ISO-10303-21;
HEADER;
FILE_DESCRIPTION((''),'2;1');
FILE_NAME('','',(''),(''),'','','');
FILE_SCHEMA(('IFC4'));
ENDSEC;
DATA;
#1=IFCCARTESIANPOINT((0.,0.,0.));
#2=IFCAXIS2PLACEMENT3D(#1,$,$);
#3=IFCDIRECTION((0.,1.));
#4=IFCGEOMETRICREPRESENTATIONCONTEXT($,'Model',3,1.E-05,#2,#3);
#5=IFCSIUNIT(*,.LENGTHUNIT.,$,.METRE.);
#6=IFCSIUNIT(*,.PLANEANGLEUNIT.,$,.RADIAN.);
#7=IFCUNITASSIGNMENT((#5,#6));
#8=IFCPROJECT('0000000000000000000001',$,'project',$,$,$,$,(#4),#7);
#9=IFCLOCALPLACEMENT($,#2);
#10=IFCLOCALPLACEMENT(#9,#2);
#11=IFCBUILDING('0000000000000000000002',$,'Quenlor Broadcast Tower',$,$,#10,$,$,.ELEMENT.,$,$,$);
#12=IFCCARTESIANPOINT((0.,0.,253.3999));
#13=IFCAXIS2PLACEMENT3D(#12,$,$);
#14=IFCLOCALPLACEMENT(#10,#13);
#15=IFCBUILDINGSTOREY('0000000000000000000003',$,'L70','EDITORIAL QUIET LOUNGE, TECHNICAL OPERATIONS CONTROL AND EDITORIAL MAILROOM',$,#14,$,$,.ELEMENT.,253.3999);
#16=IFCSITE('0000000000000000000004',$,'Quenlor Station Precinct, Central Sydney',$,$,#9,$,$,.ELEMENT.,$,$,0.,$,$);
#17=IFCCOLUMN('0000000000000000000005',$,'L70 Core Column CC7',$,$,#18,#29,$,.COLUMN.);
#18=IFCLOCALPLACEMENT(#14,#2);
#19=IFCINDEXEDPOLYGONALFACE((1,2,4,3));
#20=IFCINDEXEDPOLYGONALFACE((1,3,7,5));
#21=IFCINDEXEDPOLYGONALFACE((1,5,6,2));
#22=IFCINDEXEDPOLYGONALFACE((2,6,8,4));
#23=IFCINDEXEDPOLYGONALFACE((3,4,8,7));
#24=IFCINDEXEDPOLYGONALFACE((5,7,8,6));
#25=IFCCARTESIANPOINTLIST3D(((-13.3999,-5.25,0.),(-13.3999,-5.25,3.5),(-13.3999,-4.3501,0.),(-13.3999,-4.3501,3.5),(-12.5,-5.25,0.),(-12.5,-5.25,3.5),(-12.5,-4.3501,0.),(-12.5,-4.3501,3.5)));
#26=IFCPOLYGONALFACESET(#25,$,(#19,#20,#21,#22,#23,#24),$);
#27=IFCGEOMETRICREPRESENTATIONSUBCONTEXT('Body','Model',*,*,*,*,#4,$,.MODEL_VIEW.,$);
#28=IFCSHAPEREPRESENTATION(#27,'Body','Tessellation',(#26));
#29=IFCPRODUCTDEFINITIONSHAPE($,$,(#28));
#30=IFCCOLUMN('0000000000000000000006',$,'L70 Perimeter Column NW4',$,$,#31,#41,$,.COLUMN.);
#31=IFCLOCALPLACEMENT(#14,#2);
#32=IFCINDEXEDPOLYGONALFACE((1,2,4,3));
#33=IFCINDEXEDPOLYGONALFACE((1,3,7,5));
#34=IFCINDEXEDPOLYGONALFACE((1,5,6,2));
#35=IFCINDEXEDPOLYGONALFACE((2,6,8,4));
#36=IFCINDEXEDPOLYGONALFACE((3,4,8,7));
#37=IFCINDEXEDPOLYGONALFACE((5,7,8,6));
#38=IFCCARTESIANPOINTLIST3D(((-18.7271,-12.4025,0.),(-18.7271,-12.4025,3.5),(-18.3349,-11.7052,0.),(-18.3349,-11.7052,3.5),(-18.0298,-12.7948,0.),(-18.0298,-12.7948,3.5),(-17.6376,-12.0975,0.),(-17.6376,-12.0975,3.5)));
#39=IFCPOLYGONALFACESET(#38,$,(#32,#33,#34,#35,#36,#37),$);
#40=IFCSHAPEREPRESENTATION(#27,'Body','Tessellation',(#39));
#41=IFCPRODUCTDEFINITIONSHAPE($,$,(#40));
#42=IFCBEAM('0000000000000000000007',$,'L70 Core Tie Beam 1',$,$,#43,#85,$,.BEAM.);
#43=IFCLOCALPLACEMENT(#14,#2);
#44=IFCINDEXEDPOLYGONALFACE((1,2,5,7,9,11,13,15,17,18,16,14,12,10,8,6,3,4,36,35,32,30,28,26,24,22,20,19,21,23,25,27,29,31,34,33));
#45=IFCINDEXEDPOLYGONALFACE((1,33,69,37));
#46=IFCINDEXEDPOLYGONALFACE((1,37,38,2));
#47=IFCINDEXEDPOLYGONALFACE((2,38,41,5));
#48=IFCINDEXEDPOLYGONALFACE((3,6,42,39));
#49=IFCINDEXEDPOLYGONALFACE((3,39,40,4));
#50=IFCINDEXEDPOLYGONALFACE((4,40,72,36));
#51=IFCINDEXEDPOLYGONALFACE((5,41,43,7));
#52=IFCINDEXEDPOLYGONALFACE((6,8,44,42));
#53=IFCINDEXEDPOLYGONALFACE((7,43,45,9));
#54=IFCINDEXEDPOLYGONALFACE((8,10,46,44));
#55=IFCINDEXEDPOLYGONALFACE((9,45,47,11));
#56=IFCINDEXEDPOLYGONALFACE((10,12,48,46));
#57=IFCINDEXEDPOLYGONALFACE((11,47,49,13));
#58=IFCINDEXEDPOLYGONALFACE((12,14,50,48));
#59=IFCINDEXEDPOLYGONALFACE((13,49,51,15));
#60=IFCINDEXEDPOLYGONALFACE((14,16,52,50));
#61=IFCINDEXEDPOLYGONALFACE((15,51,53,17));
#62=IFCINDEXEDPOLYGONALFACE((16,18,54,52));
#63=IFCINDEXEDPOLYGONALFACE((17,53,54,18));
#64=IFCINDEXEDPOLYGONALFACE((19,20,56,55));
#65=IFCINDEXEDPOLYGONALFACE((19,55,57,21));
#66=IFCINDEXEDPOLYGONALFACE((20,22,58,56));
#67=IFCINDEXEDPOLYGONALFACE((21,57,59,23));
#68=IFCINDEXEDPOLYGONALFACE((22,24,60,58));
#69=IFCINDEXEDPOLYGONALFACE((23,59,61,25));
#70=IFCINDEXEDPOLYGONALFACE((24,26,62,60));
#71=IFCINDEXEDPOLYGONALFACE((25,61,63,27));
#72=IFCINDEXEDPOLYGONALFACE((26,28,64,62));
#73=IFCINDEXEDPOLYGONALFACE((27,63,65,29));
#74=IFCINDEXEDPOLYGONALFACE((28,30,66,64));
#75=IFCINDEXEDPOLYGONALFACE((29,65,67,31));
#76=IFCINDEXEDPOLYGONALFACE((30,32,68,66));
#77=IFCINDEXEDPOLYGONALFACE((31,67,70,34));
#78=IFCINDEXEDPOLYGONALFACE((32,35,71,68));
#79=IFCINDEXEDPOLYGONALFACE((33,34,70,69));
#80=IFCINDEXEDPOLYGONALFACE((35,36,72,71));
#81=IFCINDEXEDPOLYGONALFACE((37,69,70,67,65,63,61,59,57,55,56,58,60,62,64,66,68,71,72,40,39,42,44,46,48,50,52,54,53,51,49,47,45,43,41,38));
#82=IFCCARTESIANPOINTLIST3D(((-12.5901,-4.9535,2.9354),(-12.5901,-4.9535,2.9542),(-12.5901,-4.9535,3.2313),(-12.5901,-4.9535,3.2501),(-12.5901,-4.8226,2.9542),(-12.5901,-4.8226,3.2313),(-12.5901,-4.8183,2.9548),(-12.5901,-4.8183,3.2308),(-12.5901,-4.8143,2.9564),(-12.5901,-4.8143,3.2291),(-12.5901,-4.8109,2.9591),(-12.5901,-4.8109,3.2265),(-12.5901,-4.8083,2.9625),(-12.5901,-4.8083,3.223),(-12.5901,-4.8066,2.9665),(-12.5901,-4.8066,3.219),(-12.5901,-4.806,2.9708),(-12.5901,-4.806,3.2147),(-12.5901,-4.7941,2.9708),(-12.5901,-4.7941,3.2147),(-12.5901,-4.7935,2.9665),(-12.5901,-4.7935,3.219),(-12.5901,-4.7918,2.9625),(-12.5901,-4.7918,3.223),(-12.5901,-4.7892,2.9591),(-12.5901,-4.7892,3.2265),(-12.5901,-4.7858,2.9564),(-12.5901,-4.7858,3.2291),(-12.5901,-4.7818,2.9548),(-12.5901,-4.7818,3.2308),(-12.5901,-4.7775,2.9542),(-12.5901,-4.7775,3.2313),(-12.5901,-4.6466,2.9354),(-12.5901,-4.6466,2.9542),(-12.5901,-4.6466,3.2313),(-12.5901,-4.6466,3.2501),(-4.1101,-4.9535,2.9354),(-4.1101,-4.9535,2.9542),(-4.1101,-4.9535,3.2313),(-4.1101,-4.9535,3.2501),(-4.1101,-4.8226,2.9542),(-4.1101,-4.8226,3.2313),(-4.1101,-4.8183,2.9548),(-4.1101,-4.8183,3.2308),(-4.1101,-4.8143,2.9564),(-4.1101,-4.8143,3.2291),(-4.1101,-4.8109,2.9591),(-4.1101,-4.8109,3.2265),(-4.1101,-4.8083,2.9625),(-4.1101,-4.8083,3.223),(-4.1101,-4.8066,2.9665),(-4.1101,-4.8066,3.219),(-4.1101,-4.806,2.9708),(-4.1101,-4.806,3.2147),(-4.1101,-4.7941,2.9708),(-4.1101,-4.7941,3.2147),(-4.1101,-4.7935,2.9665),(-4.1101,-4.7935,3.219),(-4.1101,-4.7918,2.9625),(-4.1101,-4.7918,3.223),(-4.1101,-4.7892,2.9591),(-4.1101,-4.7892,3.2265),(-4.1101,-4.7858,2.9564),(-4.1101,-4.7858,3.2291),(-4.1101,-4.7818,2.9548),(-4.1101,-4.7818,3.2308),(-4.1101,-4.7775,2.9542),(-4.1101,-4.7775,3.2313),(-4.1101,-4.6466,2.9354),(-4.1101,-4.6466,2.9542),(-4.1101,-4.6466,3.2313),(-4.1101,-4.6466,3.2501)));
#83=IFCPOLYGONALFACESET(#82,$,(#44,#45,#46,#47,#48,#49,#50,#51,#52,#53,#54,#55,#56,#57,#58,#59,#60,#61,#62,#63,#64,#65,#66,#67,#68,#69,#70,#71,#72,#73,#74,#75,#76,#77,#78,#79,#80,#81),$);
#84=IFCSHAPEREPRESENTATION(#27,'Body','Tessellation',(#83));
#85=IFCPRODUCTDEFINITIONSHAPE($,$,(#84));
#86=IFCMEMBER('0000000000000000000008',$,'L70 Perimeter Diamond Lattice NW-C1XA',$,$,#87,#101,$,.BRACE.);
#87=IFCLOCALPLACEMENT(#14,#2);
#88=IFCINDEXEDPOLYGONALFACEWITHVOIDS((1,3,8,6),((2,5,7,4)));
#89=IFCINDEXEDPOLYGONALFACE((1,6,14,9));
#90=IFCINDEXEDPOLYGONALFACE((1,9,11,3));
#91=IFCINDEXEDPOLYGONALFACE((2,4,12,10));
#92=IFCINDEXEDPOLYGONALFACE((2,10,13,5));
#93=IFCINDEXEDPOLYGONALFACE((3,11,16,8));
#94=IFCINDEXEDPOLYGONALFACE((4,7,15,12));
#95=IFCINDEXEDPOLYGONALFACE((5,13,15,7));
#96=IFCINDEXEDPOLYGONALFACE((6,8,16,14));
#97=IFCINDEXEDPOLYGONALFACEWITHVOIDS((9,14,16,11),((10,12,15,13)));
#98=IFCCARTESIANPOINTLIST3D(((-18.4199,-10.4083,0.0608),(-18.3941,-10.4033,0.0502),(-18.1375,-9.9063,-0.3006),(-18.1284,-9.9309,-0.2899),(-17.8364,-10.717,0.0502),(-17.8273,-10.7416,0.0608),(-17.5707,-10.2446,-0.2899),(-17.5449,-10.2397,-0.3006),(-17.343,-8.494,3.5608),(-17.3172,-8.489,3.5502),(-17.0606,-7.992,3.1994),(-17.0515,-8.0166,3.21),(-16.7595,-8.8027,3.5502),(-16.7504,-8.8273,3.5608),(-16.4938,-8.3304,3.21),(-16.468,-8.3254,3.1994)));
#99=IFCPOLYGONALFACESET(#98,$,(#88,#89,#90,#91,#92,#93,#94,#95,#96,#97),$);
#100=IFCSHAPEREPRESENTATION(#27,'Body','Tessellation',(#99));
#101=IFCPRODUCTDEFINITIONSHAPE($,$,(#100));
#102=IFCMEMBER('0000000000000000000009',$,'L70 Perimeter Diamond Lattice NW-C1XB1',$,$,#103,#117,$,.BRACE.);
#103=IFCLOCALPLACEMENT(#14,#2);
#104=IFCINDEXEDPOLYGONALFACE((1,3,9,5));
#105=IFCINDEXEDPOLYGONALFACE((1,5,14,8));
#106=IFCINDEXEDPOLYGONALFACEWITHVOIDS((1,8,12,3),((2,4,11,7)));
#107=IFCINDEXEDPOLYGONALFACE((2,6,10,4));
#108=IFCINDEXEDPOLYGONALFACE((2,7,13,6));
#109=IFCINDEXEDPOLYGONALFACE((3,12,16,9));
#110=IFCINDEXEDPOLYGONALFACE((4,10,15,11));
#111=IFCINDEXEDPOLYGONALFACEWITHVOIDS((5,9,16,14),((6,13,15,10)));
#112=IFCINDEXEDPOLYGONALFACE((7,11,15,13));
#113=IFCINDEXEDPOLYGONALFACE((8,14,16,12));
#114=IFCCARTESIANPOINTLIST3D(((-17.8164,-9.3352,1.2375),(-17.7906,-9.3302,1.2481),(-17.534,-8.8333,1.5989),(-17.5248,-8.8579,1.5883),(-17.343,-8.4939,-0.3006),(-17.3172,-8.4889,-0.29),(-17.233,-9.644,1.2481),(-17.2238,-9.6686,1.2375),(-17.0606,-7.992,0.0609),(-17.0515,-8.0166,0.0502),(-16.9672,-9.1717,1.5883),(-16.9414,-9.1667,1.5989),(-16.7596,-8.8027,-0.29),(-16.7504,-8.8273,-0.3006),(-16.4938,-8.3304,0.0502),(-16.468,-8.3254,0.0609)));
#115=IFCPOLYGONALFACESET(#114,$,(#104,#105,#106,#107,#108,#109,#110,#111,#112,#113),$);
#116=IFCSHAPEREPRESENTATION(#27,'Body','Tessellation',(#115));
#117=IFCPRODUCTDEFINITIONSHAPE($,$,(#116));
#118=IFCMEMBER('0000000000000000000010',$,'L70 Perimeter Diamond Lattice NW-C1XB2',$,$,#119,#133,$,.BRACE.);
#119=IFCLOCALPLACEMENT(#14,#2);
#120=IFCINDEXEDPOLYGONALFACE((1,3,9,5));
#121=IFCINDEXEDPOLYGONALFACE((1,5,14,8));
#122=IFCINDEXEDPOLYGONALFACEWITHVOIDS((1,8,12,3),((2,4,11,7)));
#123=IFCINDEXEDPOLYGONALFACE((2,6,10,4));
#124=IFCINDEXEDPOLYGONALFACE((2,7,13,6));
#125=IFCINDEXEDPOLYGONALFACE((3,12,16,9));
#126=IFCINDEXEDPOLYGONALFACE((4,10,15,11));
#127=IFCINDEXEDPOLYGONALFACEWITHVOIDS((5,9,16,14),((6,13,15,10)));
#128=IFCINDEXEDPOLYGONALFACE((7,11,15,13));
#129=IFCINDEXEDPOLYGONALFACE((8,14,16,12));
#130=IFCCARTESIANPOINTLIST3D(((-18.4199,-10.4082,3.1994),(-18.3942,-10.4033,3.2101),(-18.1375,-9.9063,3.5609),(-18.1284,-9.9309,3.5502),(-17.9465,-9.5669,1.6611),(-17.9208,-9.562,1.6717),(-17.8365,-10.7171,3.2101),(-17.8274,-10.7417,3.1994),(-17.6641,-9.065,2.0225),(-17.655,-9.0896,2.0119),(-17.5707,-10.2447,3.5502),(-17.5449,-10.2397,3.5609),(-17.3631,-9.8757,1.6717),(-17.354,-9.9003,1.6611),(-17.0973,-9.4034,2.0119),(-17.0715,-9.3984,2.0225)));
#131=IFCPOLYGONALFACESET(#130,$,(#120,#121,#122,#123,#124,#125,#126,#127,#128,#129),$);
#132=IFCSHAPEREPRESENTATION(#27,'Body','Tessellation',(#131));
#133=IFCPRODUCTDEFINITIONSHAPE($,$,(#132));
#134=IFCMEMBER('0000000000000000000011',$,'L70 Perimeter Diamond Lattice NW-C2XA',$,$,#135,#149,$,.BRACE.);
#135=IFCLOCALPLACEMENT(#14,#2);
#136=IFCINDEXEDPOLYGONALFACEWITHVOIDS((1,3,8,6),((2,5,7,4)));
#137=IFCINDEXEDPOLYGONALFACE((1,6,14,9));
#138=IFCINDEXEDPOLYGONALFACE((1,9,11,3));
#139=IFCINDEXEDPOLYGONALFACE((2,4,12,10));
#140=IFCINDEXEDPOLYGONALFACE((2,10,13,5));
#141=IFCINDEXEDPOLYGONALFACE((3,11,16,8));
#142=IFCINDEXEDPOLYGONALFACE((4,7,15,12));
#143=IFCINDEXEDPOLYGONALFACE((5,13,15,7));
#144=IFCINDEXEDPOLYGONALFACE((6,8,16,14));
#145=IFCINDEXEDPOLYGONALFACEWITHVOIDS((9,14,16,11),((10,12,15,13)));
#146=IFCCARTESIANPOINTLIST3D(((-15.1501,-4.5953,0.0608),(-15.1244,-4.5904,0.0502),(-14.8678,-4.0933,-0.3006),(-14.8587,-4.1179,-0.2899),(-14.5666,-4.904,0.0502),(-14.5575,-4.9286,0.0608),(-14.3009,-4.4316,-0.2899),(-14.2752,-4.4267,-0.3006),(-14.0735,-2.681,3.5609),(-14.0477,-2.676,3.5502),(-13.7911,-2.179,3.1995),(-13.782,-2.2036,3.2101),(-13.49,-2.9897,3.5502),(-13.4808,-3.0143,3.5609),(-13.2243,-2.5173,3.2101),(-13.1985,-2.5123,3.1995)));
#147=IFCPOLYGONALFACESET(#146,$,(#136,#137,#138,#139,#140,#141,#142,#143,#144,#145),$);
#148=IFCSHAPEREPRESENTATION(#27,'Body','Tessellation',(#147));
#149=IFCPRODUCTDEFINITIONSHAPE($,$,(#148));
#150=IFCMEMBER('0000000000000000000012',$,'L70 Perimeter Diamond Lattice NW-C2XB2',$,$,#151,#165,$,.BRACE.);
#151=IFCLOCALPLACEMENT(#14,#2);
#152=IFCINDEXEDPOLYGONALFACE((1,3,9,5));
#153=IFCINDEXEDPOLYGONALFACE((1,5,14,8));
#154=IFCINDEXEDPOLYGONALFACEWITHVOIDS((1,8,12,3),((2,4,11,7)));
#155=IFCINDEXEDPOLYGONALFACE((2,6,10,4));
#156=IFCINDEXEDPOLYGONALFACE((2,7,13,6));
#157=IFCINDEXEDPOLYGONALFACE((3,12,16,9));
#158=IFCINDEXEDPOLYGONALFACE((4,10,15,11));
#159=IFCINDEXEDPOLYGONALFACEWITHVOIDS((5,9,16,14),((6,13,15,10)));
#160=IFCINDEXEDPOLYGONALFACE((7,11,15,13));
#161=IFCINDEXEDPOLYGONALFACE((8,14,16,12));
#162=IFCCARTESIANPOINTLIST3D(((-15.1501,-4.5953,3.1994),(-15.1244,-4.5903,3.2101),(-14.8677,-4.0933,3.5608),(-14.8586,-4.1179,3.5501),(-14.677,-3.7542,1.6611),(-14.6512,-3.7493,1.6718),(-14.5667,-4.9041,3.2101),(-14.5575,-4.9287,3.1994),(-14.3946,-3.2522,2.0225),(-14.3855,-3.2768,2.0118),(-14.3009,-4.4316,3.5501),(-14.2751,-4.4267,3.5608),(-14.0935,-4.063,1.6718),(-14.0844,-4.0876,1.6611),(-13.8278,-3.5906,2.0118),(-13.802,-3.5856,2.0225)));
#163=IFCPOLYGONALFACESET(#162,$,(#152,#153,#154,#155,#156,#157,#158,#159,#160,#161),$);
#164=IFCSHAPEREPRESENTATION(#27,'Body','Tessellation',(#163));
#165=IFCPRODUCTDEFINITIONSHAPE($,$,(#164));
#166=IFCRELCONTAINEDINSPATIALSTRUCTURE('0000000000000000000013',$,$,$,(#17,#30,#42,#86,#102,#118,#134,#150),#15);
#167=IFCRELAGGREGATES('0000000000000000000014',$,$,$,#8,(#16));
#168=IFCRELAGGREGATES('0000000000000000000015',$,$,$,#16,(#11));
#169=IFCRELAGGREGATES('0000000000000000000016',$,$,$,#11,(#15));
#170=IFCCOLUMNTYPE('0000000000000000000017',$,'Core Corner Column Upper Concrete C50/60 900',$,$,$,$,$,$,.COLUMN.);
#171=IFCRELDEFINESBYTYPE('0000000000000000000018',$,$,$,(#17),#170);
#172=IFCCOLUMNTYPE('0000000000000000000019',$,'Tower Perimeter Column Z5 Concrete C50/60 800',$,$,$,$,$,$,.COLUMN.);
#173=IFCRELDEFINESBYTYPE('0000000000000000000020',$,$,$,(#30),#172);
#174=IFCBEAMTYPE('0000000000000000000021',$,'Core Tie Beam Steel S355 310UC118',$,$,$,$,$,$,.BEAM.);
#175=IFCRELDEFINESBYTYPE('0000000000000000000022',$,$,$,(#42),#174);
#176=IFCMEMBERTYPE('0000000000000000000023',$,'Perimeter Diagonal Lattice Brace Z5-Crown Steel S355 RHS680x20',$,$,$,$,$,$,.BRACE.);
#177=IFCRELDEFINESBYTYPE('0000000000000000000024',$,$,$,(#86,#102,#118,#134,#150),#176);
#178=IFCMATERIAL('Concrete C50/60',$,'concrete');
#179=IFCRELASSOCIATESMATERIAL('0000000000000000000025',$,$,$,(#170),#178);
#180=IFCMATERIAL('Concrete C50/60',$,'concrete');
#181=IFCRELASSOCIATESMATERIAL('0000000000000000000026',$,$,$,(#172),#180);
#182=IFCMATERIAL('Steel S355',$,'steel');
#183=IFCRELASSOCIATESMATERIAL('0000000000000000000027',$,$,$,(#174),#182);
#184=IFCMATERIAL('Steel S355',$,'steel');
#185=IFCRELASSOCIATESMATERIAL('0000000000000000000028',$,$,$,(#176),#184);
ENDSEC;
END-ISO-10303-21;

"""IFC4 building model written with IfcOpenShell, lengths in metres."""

from ifc_helpers import new_model, si_unit, direction, frame, origin, origin_2d, place, context, subcontext, project, spatial, rectangle, hollow_rectangle, i_section, extrude, material, material_profile, profile_set, type_object, element, save


model = new_model("IFC4")

# Units and contexts
model_context = context("Model", 3, precision=1e-05, world=origin(), true_north=direction((0.0, 1.0)))
body_context = subcontext(model_context, "Body", "Model", "MODEL_VIEW")
ifc_project = project(units=[si_unit("LENGTHUNIT", "METRE"), si_unit("PLANEANGLEUNIT", "RADIAN")], contexts=[model_context])

# Site, building, storey
site_placement = place(None, origin())
site = spatial("IfcSite", under=ifc_project, at=site_placement, Name="Quenlor Station Precinct, Central Sydney", CompositionType="ELEMENT", RefElevation=0.0)
building_placement = place(site_placement, origin())
building = spatial("IfcBuilding", under=site, at=building_placement, Name="Quenlor Broadcast Tower", CompositionType="ELEMENT")
storey_placement = place(building_placement, frame((0.0, 0.0, 253.3999)))
storey = spatial("IfcBuildingStorey", under=building, at=storey_placement, Name="L70", Description="EDITORIAL QUIET LOUNGE, TECHNICAL OPERATIONS CONTROL AND EDITORIAL MAILROOM", CompositionType="ELEMENT", Elevation=253.3999)

# Columns
ifc_material_1 = material(Name="Concrete C50/60", Category="concrete")
ifc_material_profile_1 = material_profile(ifc_material_1, rectangle(XDim=0.8999, YDim=0.8999, at=origin_2d()))
ifc_profile_set_1 = profile_set([ifc_material_profile_1], Name="Concrete C50/60 RC900x900")
column_type_1 = type_object("IfcColumnType", Name="Core Corner Column Upper Concrete C50/60 900", PredefinedType="COLUMN", material=ifc_profile_set_1)
column_1_placement = place(storey_placement, frame((-12.95, -4.8, 0.0), z_axis=(0.0, 0.0, 1.0), x_axis=(1.0, 0.0, 0.0)))
element("IfcColumn", 1, at=column_1_placement, inside=storey, type_object=column_type_1, Name="L70 Core Column CC7", PredefinedType="COLUMN", context=body_context, shape_type="SweptSolid", body=[
    extrude(rectangle(XDim=0.8999, YDim=0.8999, at=origin_2d()), origin(), (0.0, 0.0, 1.0), 3.5),
])
ifc_material_2 = material(Name="Concrete C50/60", Category="concrete")
ifc_material_profile_2 = material_profile(ifc_material_2, rectangle(XDim=0.8, YDim=0.8, at=origin_2d()))
ifc_profile_set_2 = profile_set([ifc_material_profile_2], Name="Concrete C50/60 RC800x800")
column_type_2 = type_object("IfcColumnType", Name="Tower Perimeter Column Z5 Concrete C50/60 800", PredefinedType="COLUMN", material=ifc_profile_set_2)
column_2_placement = place(storey_placement, frame((-18.1824, -12.25, 0.0), z_axis=(0.0, 0.0, 1.0), x_axis=(-0.871575, 0.490262, 0.0)))
element("IfcColumn", 2, at=column_2_placement, inside=storey, type_object=column_type_2, Name="L70 Perimeter Column NW4", PredefinedType="COLUMN", context=body_context, shape_type="SweptSolid", body=[
    extrude(rectangle(XDim=0.8, YDim=0.8, at=origin_2d()), origin(), (0.0, 0.0, 1.0), 3.5),
])

# Beam
ifc_material_3 = material(Name="Steel S355", Category="steel")
ifc_material_profile_3 = material_profile(ifc_material_3, i_section(OverallWidth=0.3069, OverallDepth=0.3147, WebThickness=0.012, FlangeThickness=0.0188, FilletRadius=0.0166, at=origin_2d()))
ifc_profile_set_3 = profile_set([ifc_material_profile_3], Name="Steel S355 310UC118")
beam_type_1 = type_object("IfcBeamType", Name="Core Tie Beam Steel S355 310UC118", PredefinedType="BEAM", material=ifc_profile_set_3)
beam_1_placement = place(storey_placement, frame((-12.5901, -4.8, 3.0928), z_axis=(1.0, 0.0, 0.0), x_axis=(0.0, 1.0, 0.0)))
element("IfcBeam", 3, at=beam_1_placement, inside=storey, type_object=beam_type_1, Name="L70 Core Tie Beam 1", PredefinedType="BEAM", context=body_context, shape_type="SweptSolid", body=[
    extrude(i_section(OverallWidth=0.3069, OverallDepth=0.3147, WebThickness=0.012, FlangeThickness=0.0188, FilletRadius=0.0166, at=origin_2d()), origin(), (0.0, 0.0, 1.0), 8.48),
])

# Members
ifc_material_4 = material(Name="Steel S355", Category="steel")
ifc_material_profile_4 = material_profile(ifc_material_4, hollow_rectangle(XDim=0.6799, YDim=0.6799, WallThickness=0.02, at=origin_2d()))
ifc_profile_set_4 = profile_set([ifc_material_profile_4], Name="Steel S355 RHS680x680x20")
member_type = type_object("IfcMemberType", Name="Perimeter Diagonal Lattice Brace Z5-Crown Steel S355 RHS680x20", PredefinedType="BRACE", material=ifc_profile_set_4)
member_1_placement = place(storey_placement, frame((-17.9824, -10.324, -0.1199), z_axis=(0.260619, 0.463276, 0.847026), x_axis=(-0.871555, 0.490298, 0.0)))
element("IfcMember", 4, at=member_1_placement, inside=storey, type_object=member_type, Name="L70 Perimeter Diamond Lattice NW-C1XA", PredefinedType="BRACE", context=body_context, shape_type="SweptSolid", body=[
    extrude(hollow_rectangle(XDim=0.6799, YDim=0.6799, WallThickness=0.02, at=origin_2d()), origin(), (0.0, 0.0, 1.0), 4.1321),
])
member_2_placement = place(storey_placement, frame((-16.9055, -8.4097, -0.1199), z_axis=(-0.260686, -0.463293, 0.846996), x_axis=(0.871508, -0.490381, 0.0)))
element("IfcMember", 5, at=member_2_placement, inside=storey, type_object=member_type, Name="L70 Perimeter Diamond Lattice NW-C1XB1", PredefinedType="BRACE", context=body_context, shape_type="SweptSolid", body=[
    extrude(hollow_rectangle(XDim=0.6799, YDim=0.6799, WallThickness=0.02, at=origin_2d()), origin(), (0.0, 0.0, 1.0), 1.8159),
])
member_3_placement = place(storey_placement, frame((-17.509, -9.4827, 1.8418), z_axis=(-0.260657, -0.463241, 0.847034), x_axis=(0.871508, -0.490381, 0.0)))
element("IfcMember", 6, at=member_3_placement, inside=storey, type_object=member_type, Name="L70 Perimeter Diamond Lattice NW-C1XB2", PredefinedType="BRACE", context=body_context, shape_type="SweptSolid", body=[
    extrude(hollow_rectangle(XDim=0.6799, YDim=0.6799, WallThickness=0.02, at=origin_2d()), origin(), (0.0, 0.0, 1.0), 1.8162),
])
member_4_placement = place(storey_placement, frame((-14.7126, -4.511, -0.1199), z_axis=(0.260564, 0.463283, 0.847039), x_axis=(-0.871602, 0.490214, 0.0)))
element("IfcMember", 7, at=member_4_placement, inside=storey, type_object=member_type, Name="L70 Perimeter Diamond Lattice NW-C2XA", PredefinedType="BRACE", context=body_context, shape_type="SweptSolid", body=[
    extrude(hollow_rectangle(XDim=0.6799, YDim=0.6799, WallThickness=0.02, at=origin_2d()), origin(), (0.0, 0.0, 1.0), 4.1321),
])
member_5_placement = place(storey_placement, frame((-14.2395, -3.6699, 1.8418), z_axis=(-0.260548, -0.463151, 0.847116), x_axis=(0.871555, -0.490297, 0.0)))
element("IfcMember", 8, at=member_5_placement, inside=storey, type_object=member_type, Name="L70 Perimeter Diamond Lattice NW-C2XB2", PredefinedType="BRACE", context=body_context, shape_type="SweptSolid", body=[
    extrude(hollow_rectangle(XDim=0.6799, YDim=0.6799, WallThickness=0.02, at=origin_2d()), origin(), (0.0, 0.0, 1.0), 1.8159),
])

save(model, "model.ifc")
